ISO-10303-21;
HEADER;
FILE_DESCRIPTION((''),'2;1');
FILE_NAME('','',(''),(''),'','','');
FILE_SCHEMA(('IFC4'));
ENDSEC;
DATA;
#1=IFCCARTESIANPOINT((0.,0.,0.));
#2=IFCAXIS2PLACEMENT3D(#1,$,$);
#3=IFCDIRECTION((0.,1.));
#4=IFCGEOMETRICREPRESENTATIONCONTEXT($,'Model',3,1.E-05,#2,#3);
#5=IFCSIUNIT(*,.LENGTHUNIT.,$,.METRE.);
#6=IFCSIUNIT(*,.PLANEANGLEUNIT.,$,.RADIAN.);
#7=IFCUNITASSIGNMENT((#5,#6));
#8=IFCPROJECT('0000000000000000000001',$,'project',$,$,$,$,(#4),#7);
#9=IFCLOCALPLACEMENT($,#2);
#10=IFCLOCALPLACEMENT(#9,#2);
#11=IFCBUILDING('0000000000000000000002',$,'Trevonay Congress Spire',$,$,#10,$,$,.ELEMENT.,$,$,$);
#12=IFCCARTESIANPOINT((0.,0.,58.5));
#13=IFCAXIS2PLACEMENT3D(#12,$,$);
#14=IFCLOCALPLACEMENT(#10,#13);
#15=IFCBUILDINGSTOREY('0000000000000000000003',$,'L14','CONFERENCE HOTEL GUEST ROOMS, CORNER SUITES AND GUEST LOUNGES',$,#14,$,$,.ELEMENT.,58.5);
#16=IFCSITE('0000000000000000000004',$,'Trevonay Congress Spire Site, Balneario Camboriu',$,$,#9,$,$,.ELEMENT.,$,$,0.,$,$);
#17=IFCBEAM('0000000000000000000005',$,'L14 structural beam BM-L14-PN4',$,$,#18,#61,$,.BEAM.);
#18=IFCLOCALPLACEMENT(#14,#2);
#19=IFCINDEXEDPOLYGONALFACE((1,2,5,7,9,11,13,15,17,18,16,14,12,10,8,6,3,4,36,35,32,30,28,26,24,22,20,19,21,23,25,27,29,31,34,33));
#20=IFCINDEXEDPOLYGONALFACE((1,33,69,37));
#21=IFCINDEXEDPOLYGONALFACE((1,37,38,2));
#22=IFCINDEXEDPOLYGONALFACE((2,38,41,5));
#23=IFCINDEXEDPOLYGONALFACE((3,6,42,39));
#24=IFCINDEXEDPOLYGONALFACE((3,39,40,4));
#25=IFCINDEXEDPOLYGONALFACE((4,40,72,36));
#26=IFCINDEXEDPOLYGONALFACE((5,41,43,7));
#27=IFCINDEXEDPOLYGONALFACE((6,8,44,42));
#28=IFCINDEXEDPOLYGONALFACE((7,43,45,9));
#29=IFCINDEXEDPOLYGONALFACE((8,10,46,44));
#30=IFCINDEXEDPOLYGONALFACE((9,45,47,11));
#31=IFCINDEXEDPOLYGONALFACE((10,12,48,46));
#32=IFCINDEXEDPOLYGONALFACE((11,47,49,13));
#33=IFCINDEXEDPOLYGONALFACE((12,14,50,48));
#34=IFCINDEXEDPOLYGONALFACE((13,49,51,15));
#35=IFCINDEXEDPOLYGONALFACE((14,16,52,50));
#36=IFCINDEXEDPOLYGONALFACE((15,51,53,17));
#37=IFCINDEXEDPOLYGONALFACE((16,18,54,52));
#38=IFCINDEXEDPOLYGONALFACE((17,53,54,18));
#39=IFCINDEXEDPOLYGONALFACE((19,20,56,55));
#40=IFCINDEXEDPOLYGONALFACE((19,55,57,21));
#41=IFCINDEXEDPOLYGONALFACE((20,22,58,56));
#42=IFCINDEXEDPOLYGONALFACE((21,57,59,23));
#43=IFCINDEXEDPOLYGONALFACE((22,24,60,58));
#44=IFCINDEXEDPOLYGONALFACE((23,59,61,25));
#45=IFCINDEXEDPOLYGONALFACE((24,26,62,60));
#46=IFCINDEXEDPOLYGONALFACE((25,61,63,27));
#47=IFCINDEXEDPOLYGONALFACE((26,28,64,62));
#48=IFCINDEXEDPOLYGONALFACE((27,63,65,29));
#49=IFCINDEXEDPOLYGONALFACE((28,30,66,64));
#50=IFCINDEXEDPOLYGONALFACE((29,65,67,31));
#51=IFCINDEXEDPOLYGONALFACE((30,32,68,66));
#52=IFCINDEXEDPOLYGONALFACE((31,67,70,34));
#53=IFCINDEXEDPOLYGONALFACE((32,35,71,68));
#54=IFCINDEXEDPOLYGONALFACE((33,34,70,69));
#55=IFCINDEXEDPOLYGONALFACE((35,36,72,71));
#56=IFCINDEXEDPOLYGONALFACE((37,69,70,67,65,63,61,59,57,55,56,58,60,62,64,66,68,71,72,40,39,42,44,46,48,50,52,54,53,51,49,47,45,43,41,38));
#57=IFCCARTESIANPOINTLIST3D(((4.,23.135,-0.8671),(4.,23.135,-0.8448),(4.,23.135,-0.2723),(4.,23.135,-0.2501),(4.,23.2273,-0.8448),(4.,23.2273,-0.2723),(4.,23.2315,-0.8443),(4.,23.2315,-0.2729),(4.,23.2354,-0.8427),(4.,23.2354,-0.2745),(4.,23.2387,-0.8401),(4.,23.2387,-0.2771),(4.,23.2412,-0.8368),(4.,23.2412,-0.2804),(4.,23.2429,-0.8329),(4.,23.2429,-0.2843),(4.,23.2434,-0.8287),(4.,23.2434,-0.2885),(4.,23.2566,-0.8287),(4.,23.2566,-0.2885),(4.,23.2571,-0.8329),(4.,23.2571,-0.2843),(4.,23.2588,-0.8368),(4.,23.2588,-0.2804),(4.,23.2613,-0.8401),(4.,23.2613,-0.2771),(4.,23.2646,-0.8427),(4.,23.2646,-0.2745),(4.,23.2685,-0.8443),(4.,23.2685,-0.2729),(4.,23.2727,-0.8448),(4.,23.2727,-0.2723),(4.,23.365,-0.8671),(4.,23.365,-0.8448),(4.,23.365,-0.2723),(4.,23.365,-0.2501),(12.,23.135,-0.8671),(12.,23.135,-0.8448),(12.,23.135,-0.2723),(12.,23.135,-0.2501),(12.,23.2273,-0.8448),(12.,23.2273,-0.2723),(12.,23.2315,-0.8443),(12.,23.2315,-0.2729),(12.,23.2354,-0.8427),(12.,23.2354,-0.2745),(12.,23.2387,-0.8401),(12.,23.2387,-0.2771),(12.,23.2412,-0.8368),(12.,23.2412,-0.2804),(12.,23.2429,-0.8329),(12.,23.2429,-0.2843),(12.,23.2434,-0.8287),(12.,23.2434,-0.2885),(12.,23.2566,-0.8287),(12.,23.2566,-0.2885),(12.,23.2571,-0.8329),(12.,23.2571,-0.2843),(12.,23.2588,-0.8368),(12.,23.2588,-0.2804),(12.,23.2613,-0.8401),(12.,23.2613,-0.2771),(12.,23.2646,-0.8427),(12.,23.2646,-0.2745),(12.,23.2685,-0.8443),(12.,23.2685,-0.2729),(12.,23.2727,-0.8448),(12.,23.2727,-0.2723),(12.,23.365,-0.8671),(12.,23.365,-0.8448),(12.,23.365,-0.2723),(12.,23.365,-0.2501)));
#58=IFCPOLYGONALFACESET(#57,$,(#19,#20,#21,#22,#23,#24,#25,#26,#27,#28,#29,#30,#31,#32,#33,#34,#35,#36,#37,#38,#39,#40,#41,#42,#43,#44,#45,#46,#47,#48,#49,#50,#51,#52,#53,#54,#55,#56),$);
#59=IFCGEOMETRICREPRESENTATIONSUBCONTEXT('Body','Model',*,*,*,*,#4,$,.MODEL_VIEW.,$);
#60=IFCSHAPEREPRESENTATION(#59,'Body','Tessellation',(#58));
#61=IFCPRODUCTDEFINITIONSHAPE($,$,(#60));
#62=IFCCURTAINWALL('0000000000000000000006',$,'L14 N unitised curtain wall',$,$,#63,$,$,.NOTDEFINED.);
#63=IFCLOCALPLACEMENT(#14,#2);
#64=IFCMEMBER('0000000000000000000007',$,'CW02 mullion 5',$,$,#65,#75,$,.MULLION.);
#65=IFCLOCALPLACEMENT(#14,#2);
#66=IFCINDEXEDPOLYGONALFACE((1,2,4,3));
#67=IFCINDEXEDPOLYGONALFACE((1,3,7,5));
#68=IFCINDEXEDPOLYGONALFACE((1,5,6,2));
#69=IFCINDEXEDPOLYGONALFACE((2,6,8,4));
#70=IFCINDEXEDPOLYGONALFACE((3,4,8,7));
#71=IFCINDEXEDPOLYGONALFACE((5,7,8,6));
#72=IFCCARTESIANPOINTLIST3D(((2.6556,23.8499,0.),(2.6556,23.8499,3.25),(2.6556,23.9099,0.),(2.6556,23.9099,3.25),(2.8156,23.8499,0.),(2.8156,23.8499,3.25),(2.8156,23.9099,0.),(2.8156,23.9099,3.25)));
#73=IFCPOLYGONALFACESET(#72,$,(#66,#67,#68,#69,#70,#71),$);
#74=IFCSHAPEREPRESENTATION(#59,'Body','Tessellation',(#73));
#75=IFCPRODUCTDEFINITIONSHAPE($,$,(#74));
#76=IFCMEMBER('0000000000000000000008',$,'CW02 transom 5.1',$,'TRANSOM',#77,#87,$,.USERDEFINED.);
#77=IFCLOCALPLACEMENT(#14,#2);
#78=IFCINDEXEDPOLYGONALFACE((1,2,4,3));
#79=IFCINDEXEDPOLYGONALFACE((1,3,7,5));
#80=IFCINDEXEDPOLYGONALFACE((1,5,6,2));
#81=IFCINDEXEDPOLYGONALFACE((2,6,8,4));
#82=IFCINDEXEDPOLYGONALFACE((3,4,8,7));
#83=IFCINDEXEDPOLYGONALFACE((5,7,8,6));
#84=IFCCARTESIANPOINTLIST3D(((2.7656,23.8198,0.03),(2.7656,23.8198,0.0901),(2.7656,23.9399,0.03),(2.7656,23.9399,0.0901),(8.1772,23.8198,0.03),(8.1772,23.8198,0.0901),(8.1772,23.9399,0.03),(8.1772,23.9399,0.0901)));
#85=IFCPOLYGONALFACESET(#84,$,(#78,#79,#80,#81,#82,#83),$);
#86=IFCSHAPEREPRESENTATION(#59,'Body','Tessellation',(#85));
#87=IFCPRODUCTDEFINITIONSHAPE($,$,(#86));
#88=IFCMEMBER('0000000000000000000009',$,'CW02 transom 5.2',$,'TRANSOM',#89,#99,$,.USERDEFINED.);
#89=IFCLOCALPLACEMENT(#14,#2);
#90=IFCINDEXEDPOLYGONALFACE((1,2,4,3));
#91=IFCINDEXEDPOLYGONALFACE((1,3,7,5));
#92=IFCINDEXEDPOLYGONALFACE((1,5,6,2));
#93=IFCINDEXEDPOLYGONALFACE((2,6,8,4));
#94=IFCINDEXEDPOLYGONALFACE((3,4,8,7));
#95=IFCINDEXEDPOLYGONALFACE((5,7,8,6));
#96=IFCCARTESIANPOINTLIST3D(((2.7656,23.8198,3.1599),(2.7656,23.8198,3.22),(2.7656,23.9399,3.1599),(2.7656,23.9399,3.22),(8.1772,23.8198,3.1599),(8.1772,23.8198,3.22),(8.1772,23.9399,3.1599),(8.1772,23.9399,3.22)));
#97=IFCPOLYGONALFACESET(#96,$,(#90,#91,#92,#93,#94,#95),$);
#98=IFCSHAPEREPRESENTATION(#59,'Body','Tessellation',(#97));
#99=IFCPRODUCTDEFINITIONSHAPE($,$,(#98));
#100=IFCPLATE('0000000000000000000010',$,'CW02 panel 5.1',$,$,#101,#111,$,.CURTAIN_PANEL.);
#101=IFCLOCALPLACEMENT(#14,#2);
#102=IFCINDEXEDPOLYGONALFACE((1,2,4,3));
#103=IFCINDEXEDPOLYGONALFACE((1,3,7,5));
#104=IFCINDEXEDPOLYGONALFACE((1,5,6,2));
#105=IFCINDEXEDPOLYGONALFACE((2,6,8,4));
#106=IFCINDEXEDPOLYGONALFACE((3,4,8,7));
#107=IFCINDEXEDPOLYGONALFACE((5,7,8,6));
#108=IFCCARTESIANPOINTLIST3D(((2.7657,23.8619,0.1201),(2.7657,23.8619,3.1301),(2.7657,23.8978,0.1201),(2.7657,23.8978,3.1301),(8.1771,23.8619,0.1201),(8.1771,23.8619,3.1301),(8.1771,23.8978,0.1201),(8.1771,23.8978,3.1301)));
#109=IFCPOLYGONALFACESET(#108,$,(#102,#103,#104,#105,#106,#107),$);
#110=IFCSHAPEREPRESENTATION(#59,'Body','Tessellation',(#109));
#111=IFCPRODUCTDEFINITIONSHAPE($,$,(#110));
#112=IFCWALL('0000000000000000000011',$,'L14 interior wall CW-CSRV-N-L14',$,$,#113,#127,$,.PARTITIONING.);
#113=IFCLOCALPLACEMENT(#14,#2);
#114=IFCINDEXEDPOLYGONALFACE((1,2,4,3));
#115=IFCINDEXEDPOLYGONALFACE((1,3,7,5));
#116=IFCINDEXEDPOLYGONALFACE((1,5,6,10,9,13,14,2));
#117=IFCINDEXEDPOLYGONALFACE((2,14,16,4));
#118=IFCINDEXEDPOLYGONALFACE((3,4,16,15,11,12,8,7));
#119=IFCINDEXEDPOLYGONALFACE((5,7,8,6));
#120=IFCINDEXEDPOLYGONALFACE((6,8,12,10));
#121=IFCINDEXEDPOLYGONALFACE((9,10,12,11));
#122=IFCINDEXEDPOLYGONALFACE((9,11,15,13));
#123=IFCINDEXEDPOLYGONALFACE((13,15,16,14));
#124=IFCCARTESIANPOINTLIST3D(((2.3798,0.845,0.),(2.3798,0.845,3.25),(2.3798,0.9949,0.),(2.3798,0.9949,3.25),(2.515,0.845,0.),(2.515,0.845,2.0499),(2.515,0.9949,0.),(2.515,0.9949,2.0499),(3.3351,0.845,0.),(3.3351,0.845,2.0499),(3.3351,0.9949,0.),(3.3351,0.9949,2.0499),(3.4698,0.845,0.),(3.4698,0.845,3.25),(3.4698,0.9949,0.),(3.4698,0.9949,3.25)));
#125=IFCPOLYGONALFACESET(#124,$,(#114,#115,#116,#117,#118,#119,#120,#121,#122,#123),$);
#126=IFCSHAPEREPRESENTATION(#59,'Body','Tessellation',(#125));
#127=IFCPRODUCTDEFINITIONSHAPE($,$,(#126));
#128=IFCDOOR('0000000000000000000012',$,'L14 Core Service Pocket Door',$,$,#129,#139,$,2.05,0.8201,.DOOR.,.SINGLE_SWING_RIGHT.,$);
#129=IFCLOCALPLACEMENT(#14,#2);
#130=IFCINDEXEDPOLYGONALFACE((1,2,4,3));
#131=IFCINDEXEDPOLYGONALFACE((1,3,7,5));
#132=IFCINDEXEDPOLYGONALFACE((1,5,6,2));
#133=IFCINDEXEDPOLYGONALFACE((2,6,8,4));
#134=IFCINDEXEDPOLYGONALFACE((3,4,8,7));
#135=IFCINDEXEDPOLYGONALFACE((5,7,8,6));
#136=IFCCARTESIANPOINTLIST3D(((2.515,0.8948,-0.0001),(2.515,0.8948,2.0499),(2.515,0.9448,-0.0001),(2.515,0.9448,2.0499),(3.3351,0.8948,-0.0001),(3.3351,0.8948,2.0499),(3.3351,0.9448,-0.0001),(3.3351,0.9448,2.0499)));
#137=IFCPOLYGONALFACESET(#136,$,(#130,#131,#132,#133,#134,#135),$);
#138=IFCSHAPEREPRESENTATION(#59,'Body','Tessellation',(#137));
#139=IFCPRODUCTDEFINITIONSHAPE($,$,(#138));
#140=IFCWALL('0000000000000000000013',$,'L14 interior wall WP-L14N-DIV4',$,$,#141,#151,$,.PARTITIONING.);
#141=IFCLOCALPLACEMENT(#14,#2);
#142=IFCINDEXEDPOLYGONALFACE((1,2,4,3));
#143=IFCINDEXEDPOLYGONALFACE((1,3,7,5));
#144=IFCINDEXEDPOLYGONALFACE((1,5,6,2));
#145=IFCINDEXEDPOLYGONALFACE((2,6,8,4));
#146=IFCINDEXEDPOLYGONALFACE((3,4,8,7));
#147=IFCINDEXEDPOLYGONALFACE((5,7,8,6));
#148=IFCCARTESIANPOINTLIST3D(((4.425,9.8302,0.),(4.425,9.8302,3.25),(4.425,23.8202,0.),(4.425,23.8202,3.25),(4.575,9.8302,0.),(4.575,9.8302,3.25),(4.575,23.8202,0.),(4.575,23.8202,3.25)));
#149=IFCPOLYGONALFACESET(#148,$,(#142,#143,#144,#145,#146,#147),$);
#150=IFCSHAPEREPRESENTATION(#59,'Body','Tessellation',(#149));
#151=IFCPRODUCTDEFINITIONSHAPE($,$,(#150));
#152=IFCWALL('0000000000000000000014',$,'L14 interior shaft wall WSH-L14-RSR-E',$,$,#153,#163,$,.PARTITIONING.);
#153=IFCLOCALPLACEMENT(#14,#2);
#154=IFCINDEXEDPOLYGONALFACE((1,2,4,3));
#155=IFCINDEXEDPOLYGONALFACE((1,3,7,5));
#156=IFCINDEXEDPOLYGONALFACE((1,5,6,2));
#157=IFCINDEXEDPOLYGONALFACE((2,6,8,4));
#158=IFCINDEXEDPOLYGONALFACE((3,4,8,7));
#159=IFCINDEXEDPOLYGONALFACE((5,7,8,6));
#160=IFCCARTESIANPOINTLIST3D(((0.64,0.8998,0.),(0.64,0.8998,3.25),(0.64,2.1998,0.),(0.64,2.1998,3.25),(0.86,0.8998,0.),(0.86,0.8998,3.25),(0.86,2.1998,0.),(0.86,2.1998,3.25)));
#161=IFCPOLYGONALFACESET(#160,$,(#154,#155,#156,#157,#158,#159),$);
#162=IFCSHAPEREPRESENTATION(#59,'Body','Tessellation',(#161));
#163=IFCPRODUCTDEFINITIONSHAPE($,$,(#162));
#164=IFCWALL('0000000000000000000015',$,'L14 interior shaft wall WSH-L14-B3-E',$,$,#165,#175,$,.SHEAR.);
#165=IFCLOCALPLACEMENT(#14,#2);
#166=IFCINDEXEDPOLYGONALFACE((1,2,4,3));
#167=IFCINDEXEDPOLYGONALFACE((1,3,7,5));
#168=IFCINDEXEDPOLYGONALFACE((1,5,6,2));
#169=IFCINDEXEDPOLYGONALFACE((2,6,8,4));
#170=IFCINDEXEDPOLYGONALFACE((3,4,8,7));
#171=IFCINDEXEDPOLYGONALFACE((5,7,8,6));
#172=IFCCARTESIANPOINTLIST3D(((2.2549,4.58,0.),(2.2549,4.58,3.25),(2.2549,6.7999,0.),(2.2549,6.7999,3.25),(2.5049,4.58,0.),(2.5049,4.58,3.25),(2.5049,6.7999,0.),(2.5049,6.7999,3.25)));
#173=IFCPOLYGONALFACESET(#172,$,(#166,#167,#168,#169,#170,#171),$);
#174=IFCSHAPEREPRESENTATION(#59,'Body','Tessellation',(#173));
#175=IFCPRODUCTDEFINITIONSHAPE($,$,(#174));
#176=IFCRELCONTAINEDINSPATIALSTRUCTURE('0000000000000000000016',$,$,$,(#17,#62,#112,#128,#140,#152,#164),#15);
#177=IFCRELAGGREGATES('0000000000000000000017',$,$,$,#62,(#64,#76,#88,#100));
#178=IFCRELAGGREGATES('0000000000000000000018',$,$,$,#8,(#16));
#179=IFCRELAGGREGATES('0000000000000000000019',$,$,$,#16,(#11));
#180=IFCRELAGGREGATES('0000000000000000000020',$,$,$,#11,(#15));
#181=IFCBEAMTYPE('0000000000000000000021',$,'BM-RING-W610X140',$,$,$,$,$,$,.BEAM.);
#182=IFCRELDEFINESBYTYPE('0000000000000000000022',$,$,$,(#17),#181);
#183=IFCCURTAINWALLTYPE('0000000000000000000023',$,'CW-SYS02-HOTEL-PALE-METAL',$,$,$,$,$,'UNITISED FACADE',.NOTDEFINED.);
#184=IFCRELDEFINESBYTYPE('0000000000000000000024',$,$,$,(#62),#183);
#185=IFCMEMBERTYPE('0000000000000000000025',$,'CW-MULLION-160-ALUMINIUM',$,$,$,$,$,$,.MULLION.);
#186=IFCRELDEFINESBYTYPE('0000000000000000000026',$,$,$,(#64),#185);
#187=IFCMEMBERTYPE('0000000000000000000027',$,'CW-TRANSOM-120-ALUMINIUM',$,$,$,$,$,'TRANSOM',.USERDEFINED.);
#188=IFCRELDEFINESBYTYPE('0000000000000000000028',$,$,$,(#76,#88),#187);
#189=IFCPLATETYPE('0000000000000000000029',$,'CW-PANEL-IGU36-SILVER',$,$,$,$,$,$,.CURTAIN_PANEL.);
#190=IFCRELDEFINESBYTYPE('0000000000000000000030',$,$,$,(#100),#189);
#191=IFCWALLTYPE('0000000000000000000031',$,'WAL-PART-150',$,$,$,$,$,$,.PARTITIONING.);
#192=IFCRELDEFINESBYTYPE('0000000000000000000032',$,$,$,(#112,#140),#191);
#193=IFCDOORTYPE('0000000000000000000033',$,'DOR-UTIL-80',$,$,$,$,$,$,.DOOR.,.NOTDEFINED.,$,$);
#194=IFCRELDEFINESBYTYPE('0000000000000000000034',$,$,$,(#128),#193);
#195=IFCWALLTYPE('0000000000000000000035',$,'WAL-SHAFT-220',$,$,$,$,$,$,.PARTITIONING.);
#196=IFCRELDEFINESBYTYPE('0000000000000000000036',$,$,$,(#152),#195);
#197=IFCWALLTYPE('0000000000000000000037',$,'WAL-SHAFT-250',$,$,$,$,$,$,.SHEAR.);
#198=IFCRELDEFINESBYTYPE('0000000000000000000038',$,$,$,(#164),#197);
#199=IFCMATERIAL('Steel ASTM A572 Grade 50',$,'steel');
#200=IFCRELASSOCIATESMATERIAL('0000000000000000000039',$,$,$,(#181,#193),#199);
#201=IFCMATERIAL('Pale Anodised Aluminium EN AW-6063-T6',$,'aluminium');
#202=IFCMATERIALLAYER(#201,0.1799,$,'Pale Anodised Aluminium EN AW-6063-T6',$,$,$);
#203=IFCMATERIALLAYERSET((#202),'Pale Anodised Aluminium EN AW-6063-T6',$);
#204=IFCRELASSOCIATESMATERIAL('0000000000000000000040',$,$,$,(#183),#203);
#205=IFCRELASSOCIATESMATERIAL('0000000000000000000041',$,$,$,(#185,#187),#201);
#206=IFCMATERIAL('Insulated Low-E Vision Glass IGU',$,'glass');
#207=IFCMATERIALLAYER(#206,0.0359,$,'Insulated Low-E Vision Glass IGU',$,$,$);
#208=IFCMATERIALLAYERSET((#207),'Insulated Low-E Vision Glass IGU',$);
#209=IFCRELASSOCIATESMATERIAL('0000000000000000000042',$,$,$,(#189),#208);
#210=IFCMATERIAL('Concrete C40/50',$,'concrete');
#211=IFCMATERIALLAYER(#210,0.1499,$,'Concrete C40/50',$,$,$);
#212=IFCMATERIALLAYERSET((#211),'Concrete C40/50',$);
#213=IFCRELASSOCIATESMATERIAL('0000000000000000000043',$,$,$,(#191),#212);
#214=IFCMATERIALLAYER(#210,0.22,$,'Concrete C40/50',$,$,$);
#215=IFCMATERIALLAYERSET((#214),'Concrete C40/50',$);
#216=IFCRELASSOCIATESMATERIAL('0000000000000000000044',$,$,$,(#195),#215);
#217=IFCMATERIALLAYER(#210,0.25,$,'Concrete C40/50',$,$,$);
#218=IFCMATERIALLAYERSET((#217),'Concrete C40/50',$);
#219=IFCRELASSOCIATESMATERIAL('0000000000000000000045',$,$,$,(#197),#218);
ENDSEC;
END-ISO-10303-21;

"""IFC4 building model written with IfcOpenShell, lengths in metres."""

from ifc_helpers import new_model, si_unit, direction, frame, frame_2d, origin, origin_2d, place, context, subcontext, project, spatial, rectangle, i_section, extrude, material, layer, layer_set, material_profile, profile_set, type_object, element, fill, aggregate, save


model = new_model("IFC4")

# Units and contexts
model_context = context("Model", 3, precision=1e-05, world=origin(), true_north=direction((0.0, 1.0)))
body_context = subcontext(model_context, "Body", "Model", "MODEL_VIEW")
ifc_project = project(units=[si_unit("LENGTHUNIT", "METRE"), si_unit("PLANEANGLEUNIT", "RADIAN")], contexts=[model_context])

# Site, building, storey
site_placement = place(None, origin())
site = spatial("IfcSite", under=ifc_project, at=site_placement, Name="Trevonay Congress Spire Site, Balneario Camboriu", CompositionType="ELEMENT", RefElevation=0.0)
building_placement = place(site_placement, origin())
building = spatial("IfcBuilding", under=site, at=building_placement, Name="Trevonay Congress Spire", CompositionType="ELEMENT")
storey_placement = place(building_placement, frame((0.0, 0.0, 58.5)))
storey = spatial("IfcBuildingStorey", under=building, at=storey_placement, Name="L14", Description="CONFERENCE HOTEL GUEST ROOMS, CORNER SUITES AND GUEST LOUNGES", CompositionType="ELEMENT", Elevation=58.5)

# Shared definitions
ifc_material_1 = material(Name="Steel ASTM A572 Grade 50", Category="steel")

# Beam
ifc_material_profile_1 = material_profile(ifc_material_1, i_section(OverallWidth=0.23, OverallDepth=0.6169, WebThickness=0.0132, FlangeThickness=0.0222, FilletRadius=0.0161, at=origin_2d()), Name="W610x140")
ifc_profile_set_1 = profile_set([ifc_material_profile_1], Name="Steel ASTM A572 Grade 50")
beam_type_1 = type_object("IfcBeamType", Name="BM-RING-W610X140", PredefinedType="BEAM", material=ifc_profile_set_1)
beam_1_placement = place(storey_placement, frame((4.0, 23.25, -0.5586), z_axis=(1.0, 0.0, 0.0), x_axis=(0.0, 1.0, 0.0)))
element("IfcBeam", 1, at=beam_1_placement, inside=storey, type_object=beam_type_1, Name="L14 structural beam BM-L14-PN4", PredefinedType="BEAM", context=body_context, shape_type="SweptSolid", body=[
    extrude(i_section(OverallWidth=0.23, OverallDepth=0.6169, WebThickness=0.0132, FlangeThickness=0.0222, FilletRadius=0.0161, at=origin_2d()), origin(), (0.0, 0.0, 1.0), 8.0),
])

# Curtain wall, members, plate
ifc_material_2 = material(Name="Pale Anodised Aluminium EN AW-6063-T6", Category="aluminium")
ifc_layer_1 = layer(ifc_material_2, 0.1799, Name="Pale Anodised Aluminium EN AW-6063-T6")
ifc_layer_set_1 = layer_set([ifc_layer_1], Name="Pale Anodised Aluminium EN AW-6063-T6")
curtain_wall_type = type_object("IfcCurtainWallType", Name="CW-SYS02-HOTEL-PALE-METAL", ElementType="UNITISED FACADE", PredefinedType="NOTDEFINED", material=ifc_layer_set_1)
curtain_wall_placement = place(storey_placement, origin())
curtain_wall = element("IfcCurtainWall", 2, at=curtain_wall_placement, inside=storey, type_object=curtain_wall_type, Name="L14 N unitised curtain wall", PredefinedType="NOTDEFINED")
ifc_material_profile_2 = material_profile(ifc_material_2, rectangle(XDim=0.0601, YDim=0.1599, at=origin_2d()), Name="CW-MULLION-160-ALUMINIUM")
ifc_profile_set_2 = profile_set([ifc_material_profile_2], Name="Pale Anodised Aluminium EN AW-6063-T6")
member_type_1 = type_object("IfcMemberType", Name="CW-MULLION-160-ALUMINIUM", PredefinedType="MULLION", material=ifc_profile_set_2)
member_1_placement = place(storey_placement, frame((2.7356, 23.8799, 0.0), z_axis=(0.0, 0.0, 1.0), x_axis=(0.0, 1.0, 0.0)))
member_1 = element("IfcMember", 3, at=member_1_placement, type_object=member_type_1, Name="CW02 mullion 5", PredefinedType="MULLION", context=body_context, shape_type="SweptSolid", body=[
    extrude(rectangle(XDim=0.0601, YDim=0.1599, at=origin_2d()), origin(), (0.0, 0.0, 1.0), 3.25),
])
ifc_material_profile_3 = material_profile(ifc_material_2, rectangle(XDim=0.1201, YDim=0.0601, at=origin_2d()), Name="CW-TRANSOM-120-ALUMINIUM")
ifc_profile_set_3 = profile_set([ifc_material_profile_3], Name="Pale Anodised Aluminium EN AW-6063-T6")
member_type_2 = type_object("IfcMemberType", Name="CW-TRANSOM-120-ALUMINIUM", ElementType="TRANSOM", PredefinedType="USERDEFINED", material=ifc_profile_set_3)
member_2_placement = place(storey_placement, frame((2.7656, 23.8799, 0.0601), z_axis=(1.0, 0.0, 0.0), x_axis=(0.0, 1.0, 0.0)))
member_2 = element("IfcMember", 4, at=member_2_placement, type_object=member_type_2, Name="CW02 transom 5.1", ObjectType="TRANSOM", PredefinedType="USERDEFINED", context=body_context, shape_type="SweptSolid", body=[
    extrude(rectangle(XDim=0.1201, YDim=0.0601, at=origin_2d()), origin(), (0.0, 0.0, 1.0), 5.4116),
])
member_3_placement = place(storey_placement, frame((2.7656, 23.8799, 3.1899), z_axis=(1.0, 0.0, 0.0), x_axis=(0.0, 1.0, 0.0)))
member_3 = element("IfcMember", 5, at=member_3_placement, type_object=member_type_2, Name="CW02 transom 5.2", ObjectType="TRANSOM", PredefinedType="USERDEFINED", context=body_context, shape_type="SweptSolid", body=[
    extrude(rectangle(XDim=0.1201, YDim=0.0601, at=origin_2d()), origin(), (0.0, 0.0, 1.0), 5.4116),
])
ifc_material_3 = material(Name="Insulated Low-E Vision Glass IGU", Category="glass")
ifc_layer_2 = layer(ifc_material_3, 0.0359, Name="Insulated Low-E Vision Glass IGU")
ifc_layer_set_2 = layer_set([ifc_layer_2], Name="Insulated Low-E Vision Glass IGU")
plate_type = type_object("IfcPlateType", Name="CW-PANEL-IGU36-SILVER", PredefinedType="CURTAIN_PANEL", material=ifc_layer_set_2)
plate_placement = place(storey_placement, frame((5.4714, 23.8799, 0.1201), z_axis=(0.0, 0.0, 1.0), x_axis=(1.0, 0.0, 0.0)))
plate = element("IfcPlate", 6, at=plate_placement, type_object=plate_type, Name="CW02 panel 5.1", PredefinedType="CURTAIN_PANEL", context=body_context, shape_type="SweptSolid", body=[
    extrude(rectangle(XDim=5.4114, YDim=0.0359, at=origin_2d()), origin(), (0.0, 0.0, 1.0), 3.01),
])
aggregate(curtain_wall, [member_1, member_2, member_3, plate])

# Wall, opening, door
ifc_material_4 = material(Name="Concrete C40/50", Category="concrete")
ifc_layer_3 = layer(ifc_material_4, 0.1499, Name="Concrete C40/50")
ifc_layer_set_3 = layer_set([ifc_layer_3], Name="Concrete C40/50")
wall_type_1 = type_object("IfcWallType", Name="WAL-PART-150", PredefinedType="PARTITIONING", material=ifc_layer_set_3)
wall_1_placement = place(storey_placement, frame((2.3799, 0.9199, 0.0), z_axis=(0.0, 0.0, 1.0), x_axis=(1.0, 0.0, 0.0)))
wall_1 = element("IfcWall", 7, at=wall_1_placement, inside=storey, type_object=wall_type_1, Name="L14 interior wall CW-CSRV-N-L14", PredefinedType="PARTITIONING", context=body_context, shape_type="SweptSolid", body=[
    extrude(rectangle(XDim=1.0901, YDim=0.1499, at=frame_2d((0.5449, 0.0))), origin(), (0.0, 0.0, 1.0), 3.25),
])
opening_1_placement = place(wall_1_placement, frame((0.135, 0.0, 0.0)))
opening_1 = element("IfcOpeningElement", 8, at=opening_1_placement, cuts=wall_1, PredefinedType="OPENING", context=body_context, shape_type="SweptSolid", body=[
    extrude(rectangle(XDim=0.8201, YDim=2.05, at=frame_2d((0.4102, 1.0249))), frame((0.0, 0.085, 0.0), z_axis=(0.0, -1.0, 0.0), x_axis=(1.0, 0.0, 0.0)), (0.0, 0.0, 1.0), 0.1699),
])
door_type_1 = type_object("IfcDoorType", Name="DOR-UTIL-80", OperationType="NOTDEFINED", PredefinedType="DOOR", material=ifc_material_1)
door_1_placement = place(opening_1_placement, origin())
door_1 = element("IfcDoor", 9, at=door_1_placement, inside=storey, type_object=door_type_1, Name="L14 Core Service Pocket Door", OperationType="SINGLE_SWING_RIGHT", OverallHeight=2.05, OverallWidth=0.8201, PredefinedType="DOOR", context=body_context, shape_type="SweptSolid", body=[
    extrude(rectangle(XDim=0.8201, YDim=2.05, at=frame_2d((0.4102, 1.0249))), frame((0.0, 0.0249, 0.0), z_axis=(0.0, -1.0, 0.0), x_axis=(1.0, 0.0, 0.0)), (0.0, 0.0, 1.0), 0.05),
])
fill(opening_1, door_1)

# Walls
wall_2_placement = place(storey_placement, frame((4.5, 9.8301, 0.0), z_axis=(0.0, 0.0, 1.0), x_axis=(0.0, 1.0, 0.0)))
element("IfcWall", 10, at=wall_2_placement, inside=storey, type_object=wall_type_1, Name="L14 interior wall WP-L14N-DIV4", PredefinedType="PARTITIONING", context=body_context, shape_type="SweptSolid", body=[
    extrude(rectangle(XDim=13.99, YDim=0.1499, at=frame_2d((6.9951, 0.0))), origin(), (0.0, 0.0, 1.0), 3.25),
])
ifc_layer_4 = layer(ifc_material_4, 0.22, Name="Concrete C40/50")
ifc_layer_set_4 = layer_set([ifc_layer_4], Name="Concrete C40/50")
wall_type_2 = type_object("IfcWallType", Name="WAL-SHAFT-220", PredefinedType="PARTITIONING", material=ifc_layer_set_4)
wall_3_placement = place(storey_placement, frame((0.75, 0.8999, 0.0), z_axis=(0.0, 0.0, 1.0), x_axis=(0.0, 1.0, 0.0)))
element("IfcWall", 11, at=wall_3_placement, inside=storey, type_object=wall_type_2, Name="L14 interior shaft wall WSH-L14-RSR-E", PredefinedType="PARTITIONING", context=body_context, shape_type="SweptSolid", body=[
    extrude(rectangle(XDim=1.3, YDim=0.22, at=frame_2d((0.6499, 0.0))), origin(), (0.0, 0.0, 1.0), 3.25),
])
ifc_layer_5 = layer(ifc_material_4, 0.25, Name="Concrete C40/50")
ifc_layer_set_5 = layer_set([ifc_layer_5], Name="Concrete C40/50")
wall_type_3 = type_object("IfcWallType", Name="WAL-SHAFT-250", PredefinedType="SHEAR", material=ifc_layer_set_5)
wall_4_placement = place(storey_placement, frame((2.3799, 4.5801, 0.0), z_axis=(0.0, 0.0, 1.0), x_axis=(0.0, 1.0, 0.0)))
element("IfcWall", 12, at=wall_4_placement, inside=storey, type_object=wall_type_3, Name="L14 interior shaft wall WSH-L14-B3-E", PredefinedType="SHEAR", context=body_context, shape_type="SweptSolid", body=[
    extrude(rectangle(XDim=2.22, YDim=0.25, at=frame_2d((1.1099, 0.0))), origin(), (0.0, 0.0, 1.0), 3.25),
])

save(model, "model.ifc")
